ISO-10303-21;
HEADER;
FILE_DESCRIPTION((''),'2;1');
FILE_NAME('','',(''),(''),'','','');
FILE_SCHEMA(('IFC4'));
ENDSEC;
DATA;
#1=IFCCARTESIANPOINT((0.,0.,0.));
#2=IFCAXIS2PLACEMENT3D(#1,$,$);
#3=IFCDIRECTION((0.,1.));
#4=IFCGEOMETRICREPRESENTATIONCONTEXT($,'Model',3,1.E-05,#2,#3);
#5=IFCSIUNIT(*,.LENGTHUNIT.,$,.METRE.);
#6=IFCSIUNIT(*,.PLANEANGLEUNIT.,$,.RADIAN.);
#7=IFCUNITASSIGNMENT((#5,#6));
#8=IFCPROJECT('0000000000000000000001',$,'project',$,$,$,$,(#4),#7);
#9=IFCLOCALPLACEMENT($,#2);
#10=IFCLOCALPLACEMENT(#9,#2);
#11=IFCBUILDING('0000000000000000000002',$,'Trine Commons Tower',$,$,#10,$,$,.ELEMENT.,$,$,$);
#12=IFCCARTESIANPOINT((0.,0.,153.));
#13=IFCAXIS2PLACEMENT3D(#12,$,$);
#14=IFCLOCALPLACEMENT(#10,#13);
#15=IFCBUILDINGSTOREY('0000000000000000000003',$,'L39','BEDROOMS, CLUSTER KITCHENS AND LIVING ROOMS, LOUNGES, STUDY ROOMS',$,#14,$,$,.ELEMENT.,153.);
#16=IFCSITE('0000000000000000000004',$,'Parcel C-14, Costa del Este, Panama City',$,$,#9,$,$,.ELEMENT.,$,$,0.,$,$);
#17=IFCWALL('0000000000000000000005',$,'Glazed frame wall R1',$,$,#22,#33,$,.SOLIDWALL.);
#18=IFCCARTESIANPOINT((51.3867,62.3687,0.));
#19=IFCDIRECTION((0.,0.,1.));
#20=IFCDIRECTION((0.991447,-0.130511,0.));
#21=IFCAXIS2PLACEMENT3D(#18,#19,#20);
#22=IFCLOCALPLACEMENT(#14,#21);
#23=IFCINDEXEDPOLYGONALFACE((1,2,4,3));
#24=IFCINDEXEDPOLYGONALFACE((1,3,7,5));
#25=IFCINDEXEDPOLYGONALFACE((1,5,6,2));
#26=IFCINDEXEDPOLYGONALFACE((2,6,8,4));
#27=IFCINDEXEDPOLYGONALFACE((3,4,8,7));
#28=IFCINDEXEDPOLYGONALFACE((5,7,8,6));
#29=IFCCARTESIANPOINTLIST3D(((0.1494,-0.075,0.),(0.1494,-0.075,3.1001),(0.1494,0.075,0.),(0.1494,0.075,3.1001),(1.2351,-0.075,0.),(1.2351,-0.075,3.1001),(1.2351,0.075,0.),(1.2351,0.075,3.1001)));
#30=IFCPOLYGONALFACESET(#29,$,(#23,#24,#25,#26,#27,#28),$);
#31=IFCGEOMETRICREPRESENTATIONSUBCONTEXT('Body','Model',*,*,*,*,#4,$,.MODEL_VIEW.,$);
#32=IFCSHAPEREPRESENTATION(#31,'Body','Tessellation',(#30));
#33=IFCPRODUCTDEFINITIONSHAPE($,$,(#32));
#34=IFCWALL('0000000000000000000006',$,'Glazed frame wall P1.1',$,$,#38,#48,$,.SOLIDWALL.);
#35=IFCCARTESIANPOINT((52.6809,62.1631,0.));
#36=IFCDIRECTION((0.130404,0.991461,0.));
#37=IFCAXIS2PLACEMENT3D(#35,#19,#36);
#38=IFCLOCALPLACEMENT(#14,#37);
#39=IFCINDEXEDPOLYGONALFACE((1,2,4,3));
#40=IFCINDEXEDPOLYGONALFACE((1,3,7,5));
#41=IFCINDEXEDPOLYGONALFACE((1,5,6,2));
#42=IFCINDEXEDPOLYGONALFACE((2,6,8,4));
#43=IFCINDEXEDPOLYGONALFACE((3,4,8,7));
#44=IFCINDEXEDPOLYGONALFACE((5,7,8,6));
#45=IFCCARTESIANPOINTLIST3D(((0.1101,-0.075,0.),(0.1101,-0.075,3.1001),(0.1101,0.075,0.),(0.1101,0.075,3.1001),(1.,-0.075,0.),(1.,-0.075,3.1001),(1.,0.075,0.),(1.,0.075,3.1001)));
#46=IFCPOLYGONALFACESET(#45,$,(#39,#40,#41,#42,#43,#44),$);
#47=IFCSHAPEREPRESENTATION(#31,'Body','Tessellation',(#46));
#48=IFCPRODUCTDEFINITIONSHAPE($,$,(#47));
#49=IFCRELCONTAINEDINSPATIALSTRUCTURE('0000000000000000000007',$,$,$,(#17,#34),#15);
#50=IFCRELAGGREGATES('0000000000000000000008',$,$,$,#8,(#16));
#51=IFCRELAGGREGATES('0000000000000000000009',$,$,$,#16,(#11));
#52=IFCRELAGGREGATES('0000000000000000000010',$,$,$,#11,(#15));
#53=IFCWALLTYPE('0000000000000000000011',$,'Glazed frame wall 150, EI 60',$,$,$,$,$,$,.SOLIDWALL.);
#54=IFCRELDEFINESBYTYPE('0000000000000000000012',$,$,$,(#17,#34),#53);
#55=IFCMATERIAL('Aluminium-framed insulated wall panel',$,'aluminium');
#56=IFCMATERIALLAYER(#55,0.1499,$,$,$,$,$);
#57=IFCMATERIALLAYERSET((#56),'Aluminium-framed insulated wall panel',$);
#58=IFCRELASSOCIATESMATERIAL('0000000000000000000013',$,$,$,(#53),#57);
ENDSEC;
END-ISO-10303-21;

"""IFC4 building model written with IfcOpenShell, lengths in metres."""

from ifc_helpers import new_model, si_unit, direction, frame, origin, place, context, subcontext, project, spatial, polyline, outline, extrude, material, layer, layer_set, type_object, element, save


model = new_model("IFC4")

# Units and contexts
model_context = context("Model", 3, precision=1e-05, world=origin(), true_north=direction((0.0, 1.0)))
body_context = subcontext(model_context, "Body", "Model", "MODEL_VIEW")
ifc_project = project(units=[si_unit("LENGTHUNIT", "METRE"), si_unit("PLANEANGLEUNIT", "RADIAN")], contexts=[model_context])

# Site, building, storey
site_placement = place(None, origin())
site = spatial("IfcSite", under=ifc_project, at=site_placement, Name="Parcel C-14, Costa del Este, Panama City", CompositionType="ELEMENT", RefElevation=0.0)
building_placement = place(site_placement, origin())
building = spatial("IfcBuilding", under=site, at=building_placement, Name="Trine Commons Tower", CompositionType="ELEMENT")
storey_placement = place(building_placement, frame((0.0, 0.0, 153.0)))
storey = spatial("IfcBuildingStorey", under=building, at=storey_placement, Name="L39", Description="BEDROOMS, CLUSTER KITCHENS AND LIVING ROOMS, LOUNGES, STUDY ROOMS", CompositionType="ELEMENT", Elevation=153.0)

# Walls
ifc_material_1 = material(Name="Aluminium-framed insulated wall panel", Category="aluminium")
ifc_layer_1 = layer(ifc_material_1, 0.1499)
ifc_layer_set_1 = layer_set([ifc_layer_1], Name="Aluminium-framed insulated wall panel")
wall_type_1 = type_object("IfcWallType", Name="Glazed frame wall 150, EI 60", PredefinedType="SOLIDWALL", material=ifc_layer_set_1)
wall_1_placement = place(storey_placement, frame((51.3867, 62.3687, 0.0), z_axis=(0.0, 0.0, 1.0), x_axis=(0.991447, -0.130511, 0.0)))
element("IfcWall", 1, at=wall_1_placement, inside=storey, type_object=wall_type_1, Name="Glazed frame wall R1", PredefinedType="SOLIDWALL", context=body_context, shape_type="SweptSolid", body=[
    extrude(outline(polyline([(0.1494, 0.075), (0.1494, -0.075), (1.2351, -0.075), (1.2351, 0.075), (0.1494, 0.075)])), origin(), (0.0, 0.0, 1.0), 3.1001),
])
wall_2_placement = place(storey_placement, frame((52.6809, 62.1631, 0.0), z_axis=(0.0, 0.0, 1.0), x_axis=(0.130404, 0.991461, 0.0)))
element("IfcWall", 2, at=wall_2_placement, inside=storey, type_object=wall_type_1, Name="Glazed frame wall P1.1", PredefinedType="SOLIDWALL", context=body_context, shape_type="SweptSolid", body=[
    extrude(outline(polyline([(0.1101, -0.075), (1.0, -0.075), (1.0, 0.075), (0.1101, 0.075), (0.1101, -0.075)])), origin(), (0.0, 0.0, 1.0), 3.1001),
])

save(model, "model.ifc")
